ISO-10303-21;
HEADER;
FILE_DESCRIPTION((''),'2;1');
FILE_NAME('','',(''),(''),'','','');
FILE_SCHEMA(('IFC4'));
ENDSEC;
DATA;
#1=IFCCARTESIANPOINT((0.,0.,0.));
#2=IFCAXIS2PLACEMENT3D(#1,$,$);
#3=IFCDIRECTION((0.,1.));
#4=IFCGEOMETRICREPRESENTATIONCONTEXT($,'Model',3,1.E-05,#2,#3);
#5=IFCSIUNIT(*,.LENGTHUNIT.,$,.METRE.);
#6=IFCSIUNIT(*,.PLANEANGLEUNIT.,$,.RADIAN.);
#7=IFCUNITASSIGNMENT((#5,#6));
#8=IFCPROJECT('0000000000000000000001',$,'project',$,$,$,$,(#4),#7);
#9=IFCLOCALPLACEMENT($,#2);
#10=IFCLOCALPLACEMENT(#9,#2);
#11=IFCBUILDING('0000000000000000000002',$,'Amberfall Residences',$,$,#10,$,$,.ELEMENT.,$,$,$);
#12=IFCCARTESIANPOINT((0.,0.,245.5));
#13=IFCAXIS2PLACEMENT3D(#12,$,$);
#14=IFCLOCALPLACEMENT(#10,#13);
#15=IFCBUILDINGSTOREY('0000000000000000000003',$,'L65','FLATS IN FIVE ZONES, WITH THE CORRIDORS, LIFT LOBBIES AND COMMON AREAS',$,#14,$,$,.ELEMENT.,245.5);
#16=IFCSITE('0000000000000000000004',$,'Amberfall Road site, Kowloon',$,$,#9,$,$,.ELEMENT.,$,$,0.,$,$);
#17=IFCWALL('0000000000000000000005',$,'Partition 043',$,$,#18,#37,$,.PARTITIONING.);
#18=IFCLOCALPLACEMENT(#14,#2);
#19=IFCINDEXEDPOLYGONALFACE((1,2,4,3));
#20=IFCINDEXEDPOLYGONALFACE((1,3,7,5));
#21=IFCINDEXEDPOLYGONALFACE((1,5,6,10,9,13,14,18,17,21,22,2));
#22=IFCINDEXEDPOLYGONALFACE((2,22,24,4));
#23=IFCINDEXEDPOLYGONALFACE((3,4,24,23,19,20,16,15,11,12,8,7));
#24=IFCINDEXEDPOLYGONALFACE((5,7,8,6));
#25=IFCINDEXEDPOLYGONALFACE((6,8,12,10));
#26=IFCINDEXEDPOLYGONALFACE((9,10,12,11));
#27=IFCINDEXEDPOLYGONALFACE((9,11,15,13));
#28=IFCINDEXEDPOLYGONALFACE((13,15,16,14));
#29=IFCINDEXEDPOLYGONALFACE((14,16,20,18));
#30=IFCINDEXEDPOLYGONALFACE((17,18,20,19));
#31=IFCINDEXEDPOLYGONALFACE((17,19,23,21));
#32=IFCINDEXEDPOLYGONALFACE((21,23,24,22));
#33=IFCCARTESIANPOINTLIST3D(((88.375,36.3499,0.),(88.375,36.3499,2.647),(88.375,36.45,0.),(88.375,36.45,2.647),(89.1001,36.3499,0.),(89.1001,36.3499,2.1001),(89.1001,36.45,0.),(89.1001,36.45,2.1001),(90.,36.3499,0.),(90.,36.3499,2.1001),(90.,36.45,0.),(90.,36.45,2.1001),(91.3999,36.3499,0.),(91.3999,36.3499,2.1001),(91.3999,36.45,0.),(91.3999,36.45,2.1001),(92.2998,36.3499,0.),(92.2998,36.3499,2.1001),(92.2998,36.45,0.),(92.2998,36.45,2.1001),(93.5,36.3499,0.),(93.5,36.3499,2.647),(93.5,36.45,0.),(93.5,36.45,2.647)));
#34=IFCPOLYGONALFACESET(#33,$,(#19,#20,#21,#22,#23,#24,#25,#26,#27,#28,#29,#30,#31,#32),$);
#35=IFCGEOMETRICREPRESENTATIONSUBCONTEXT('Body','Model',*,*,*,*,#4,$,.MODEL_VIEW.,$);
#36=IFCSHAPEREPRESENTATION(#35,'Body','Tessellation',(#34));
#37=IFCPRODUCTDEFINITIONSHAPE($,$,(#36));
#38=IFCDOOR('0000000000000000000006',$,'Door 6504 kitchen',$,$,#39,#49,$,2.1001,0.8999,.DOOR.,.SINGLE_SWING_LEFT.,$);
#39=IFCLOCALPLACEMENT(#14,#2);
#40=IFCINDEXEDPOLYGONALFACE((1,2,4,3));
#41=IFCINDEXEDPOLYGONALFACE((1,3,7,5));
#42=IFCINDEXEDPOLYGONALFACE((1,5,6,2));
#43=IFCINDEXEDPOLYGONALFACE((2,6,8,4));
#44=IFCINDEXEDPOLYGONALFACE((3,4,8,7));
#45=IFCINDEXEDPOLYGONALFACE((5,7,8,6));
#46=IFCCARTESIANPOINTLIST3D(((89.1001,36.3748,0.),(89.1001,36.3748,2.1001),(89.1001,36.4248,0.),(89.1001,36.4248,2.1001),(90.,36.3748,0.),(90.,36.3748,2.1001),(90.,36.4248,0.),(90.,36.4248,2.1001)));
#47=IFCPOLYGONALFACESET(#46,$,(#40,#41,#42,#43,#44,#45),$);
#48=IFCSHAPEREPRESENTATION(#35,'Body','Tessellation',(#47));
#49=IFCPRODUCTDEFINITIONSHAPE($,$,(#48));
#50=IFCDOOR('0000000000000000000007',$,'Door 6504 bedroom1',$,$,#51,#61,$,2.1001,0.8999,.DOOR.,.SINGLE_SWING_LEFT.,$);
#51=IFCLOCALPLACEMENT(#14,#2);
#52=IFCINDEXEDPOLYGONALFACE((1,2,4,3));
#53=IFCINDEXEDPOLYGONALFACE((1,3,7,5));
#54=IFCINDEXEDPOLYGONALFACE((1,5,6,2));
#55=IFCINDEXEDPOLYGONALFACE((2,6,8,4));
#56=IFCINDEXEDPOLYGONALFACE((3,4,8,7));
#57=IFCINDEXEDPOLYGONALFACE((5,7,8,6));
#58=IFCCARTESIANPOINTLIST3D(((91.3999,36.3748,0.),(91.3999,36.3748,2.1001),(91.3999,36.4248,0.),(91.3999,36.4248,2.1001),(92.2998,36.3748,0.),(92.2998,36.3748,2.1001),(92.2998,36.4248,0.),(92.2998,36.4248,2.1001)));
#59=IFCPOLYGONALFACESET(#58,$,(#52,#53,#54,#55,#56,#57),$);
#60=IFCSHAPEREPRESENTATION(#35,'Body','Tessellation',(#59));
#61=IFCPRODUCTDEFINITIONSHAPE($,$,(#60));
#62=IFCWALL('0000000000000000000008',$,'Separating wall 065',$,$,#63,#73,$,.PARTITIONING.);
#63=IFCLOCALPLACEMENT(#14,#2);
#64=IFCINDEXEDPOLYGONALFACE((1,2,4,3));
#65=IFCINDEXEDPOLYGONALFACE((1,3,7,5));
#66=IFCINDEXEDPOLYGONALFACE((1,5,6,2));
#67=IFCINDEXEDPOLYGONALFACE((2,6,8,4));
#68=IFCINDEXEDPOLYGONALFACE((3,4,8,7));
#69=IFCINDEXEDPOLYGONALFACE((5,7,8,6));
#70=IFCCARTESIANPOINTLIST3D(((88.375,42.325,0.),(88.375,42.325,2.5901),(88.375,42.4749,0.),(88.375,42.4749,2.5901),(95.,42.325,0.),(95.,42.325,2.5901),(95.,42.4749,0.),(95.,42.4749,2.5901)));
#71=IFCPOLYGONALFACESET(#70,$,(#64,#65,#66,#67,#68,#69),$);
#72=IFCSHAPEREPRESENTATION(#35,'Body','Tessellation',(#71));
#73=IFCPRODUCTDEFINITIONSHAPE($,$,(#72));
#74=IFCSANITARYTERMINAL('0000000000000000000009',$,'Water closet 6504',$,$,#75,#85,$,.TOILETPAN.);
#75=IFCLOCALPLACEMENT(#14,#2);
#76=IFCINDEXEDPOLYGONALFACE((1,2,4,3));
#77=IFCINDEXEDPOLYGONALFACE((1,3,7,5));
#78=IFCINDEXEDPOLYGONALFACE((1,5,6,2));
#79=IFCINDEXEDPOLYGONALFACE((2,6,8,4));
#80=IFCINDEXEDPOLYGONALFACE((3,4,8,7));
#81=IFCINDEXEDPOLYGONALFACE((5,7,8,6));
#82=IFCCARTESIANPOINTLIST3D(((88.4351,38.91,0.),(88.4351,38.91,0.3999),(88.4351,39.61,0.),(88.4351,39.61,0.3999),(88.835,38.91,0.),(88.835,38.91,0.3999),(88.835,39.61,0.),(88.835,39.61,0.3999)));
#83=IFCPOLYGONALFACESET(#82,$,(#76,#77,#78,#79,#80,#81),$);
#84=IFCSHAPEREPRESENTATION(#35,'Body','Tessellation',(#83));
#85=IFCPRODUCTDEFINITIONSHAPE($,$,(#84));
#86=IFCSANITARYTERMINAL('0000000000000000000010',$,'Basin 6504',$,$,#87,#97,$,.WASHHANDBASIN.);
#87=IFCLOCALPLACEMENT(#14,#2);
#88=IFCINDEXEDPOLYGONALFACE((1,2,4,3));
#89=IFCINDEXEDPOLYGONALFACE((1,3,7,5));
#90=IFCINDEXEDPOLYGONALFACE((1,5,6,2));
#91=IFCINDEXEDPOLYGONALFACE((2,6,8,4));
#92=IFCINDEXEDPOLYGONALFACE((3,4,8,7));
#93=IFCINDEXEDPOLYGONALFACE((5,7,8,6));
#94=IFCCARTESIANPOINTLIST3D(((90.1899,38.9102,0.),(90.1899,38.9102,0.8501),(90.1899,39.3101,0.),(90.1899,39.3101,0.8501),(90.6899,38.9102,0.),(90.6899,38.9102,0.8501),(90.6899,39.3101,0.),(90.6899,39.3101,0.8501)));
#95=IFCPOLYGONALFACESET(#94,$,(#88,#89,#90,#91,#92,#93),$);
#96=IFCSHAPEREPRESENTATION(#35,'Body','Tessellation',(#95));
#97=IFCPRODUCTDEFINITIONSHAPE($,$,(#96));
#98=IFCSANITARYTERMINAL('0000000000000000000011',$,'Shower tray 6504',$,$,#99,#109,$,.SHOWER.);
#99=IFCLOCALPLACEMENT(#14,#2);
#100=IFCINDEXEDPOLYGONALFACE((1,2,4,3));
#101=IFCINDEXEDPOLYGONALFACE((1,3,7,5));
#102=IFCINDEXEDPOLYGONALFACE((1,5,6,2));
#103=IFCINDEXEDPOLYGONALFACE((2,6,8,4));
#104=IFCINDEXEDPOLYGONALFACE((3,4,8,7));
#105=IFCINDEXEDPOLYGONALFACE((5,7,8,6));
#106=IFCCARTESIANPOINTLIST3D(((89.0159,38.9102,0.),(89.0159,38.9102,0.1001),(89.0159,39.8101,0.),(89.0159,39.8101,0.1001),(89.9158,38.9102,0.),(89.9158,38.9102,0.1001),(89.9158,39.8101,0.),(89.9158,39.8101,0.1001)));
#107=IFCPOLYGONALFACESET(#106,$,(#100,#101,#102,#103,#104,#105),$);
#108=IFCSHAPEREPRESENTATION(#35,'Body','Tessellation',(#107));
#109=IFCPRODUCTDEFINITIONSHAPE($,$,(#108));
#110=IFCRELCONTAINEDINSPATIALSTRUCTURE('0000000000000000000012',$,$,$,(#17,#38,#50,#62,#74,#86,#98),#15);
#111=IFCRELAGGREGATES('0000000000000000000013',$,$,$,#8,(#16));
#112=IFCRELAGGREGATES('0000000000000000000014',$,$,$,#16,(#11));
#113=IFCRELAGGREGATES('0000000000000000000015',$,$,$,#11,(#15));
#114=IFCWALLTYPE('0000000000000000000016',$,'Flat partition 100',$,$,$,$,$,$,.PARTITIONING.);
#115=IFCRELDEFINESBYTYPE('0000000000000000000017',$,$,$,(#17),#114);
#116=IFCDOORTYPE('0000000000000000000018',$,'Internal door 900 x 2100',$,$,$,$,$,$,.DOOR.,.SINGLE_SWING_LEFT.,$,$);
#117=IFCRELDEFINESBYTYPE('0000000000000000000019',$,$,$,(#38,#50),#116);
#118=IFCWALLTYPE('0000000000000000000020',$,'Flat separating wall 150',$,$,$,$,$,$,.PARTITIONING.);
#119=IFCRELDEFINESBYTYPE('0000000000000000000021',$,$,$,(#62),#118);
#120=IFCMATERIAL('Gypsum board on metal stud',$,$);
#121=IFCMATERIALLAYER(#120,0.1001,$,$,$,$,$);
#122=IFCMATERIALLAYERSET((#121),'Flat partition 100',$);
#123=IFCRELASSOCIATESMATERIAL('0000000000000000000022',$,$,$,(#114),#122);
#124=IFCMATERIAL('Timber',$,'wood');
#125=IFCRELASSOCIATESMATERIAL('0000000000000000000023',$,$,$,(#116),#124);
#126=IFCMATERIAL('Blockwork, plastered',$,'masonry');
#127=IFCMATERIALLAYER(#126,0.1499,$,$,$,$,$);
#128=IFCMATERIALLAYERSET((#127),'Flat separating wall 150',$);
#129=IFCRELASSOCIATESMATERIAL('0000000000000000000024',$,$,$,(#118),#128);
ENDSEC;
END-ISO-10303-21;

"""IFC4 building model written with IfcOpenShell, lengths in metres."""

from ifc_helpers import new_model, si_unit, direction, frame, frame_2d, origin, origin_2d, place, context, subcontext, project, spatial, rectangle, extrude, material, layer, layer_set, type_object, element, fill, save


model = new_model("IFC4")

# Units and contexts
model_context = context("Model", 3, precision=1e-05, world=origin(), true_north=direction((0.0, 1.0)))
body_context = subcontext(model_context, "Body", "Model", "MODEL_VIEW")
ifc_project = project(units=[si_unit("LENGTHUNIT", "METRE"), si_unit("PLANEANGLEUNIT", "RADIAN")], contexts=[model_context])

# Site, building, storey
site_placement = place(None, origin())
site = spatial("IfcSite", under=ifc_project, at=site_placement, Name="Amberfall Road site, Kowloon", CompositionType="ELEMENT", RefElevation=0.0)
building_placement = place(site_placement, origin())
building = spatial("IfcBuilding", under=site, at=building_placement, Name="Amberfall Residences", CompositionType="ELEMENT")
storey_placement = place(building_placement, frame((0.0, 0.0, 245.5)))
storey = spatial("IfcBuildingStorey", under=building, at=storey_placement, Name="L65", Description="FLATS IN FIVE ZONES, WITH THE CORRIDORS, LIFT LOBBIES AND COMMON AREAS", CompositionType="ELEMENT", Elevation=245.5)

# Shared definitions
ifc_material_1 = material(Name="Gypsum board on metal stud")
ifc_layer_1 = layer(ifc_material_1, 0.1001)
ifc_layer_set_1 = layer_set([ifc_layer_1], Name="Flat partition 100")
wall_type_1 = type_object("IfcWallType", Name="Flat partition 100", PredefinedType="PARTITIONING", material=ifc_layer_set_1)
ifc_material_2 = material(Name="Timber", Category="wood")

# Wall, openings, doors
wall_1_placement = place(storey_placement, frame((88.375, 36.3999, 0.0), z_axis=(0.0, 0.0, 1.0), x_axis=(1.0, 0.0, 0.0)))
wall_1 = element("IfcWall", 1, at=wall_1_placement, inside=storey, type_object=wall_type_1, Name="Partition 043", PredefinedType="PARTITIONING", context=body_context, shape_type="SweptSolid", body=[
    extrude(rectangle(XDim=5.125, YDim=0.1001, at=frame_2d((2.5625, 0.0))), origin(), (0.0, 0.0, 1.0), 2.647),
])
opening_1_placement = place(wall_1_placement, frame((0.7251, 0.0, 0.0)))
opening_1 = element("IfcOpeningElement", 2, at=opening_1_placement, cuts=wall_1, PredefinedType="OPENING", context=body_context, shape_type="SweptSolid", body=[
    extrude(rectangle(XDim=0.8999, YDim=2.1001, at=frame_2d((0.45, 1.05))), frame((0.0, 0.0601, 0.0), z_axis=(0.0, -1.0, 0.0), x_axis=(1.0, 0.0, 0.0)), (0.0, 0.0, 1.0), 0.1201),
])
opening_2_placement = place(wall_1_placement, frame((3.0249, 0.0, 0.0)))
opening_2 = element("IfcOpeningElement", 3, at=opening_2_placement, cuts=wall_1, PredefinedType="OPENING", context=body_context, shape_type="SweptSolid", body=[
    extrude(rectangle(XDim=0.8999, YDim=2.1001, at=frame_2d((0.45, 1.05))), frame((0.0, 0.0601, 0.0), z_axis=(0.0, -1.0, 0.0), x_axis=(1.0, 0.0, 0.0)), (0.0, 0.0, 1.0), 0.1201),
])
door_type_1 = type_object("IfcDoorType", Name="Internal door 900 x 2100", OperationType="SINGLE_SWING_LEFT", PredefinedType="DOOR", material=ifc_material_2)
door_1_placement = place(opening_1_placement, origin())
door_1 = element("IfcDoor", 4, at=door_1_placement, inside=storey, type_object=door_type_1, Name="Door 6504 kitchen", OperationType="SINGLE_SWING_LEFT", OverallHeight=2.1001, OverallWidth=0.8999, PredefinedType="DOOR", context=body_context, shape_type="SweptSolid", body=[
    extrude(rectangle(XDim=0.8999, YDim=2.1001, at=frame_2d((0.45, 1.05))), frame((0.0, 0.0249, 0.0), z_axis=(0.0, -1.0, 0.0), x_axis=(1.0, 0.0, 0.0)), (0.0, 0.0, 1.0), 0.05),
])
fill(opening_1, door_1)
door_2_placement = place(opening_2_placement, origin())
door_2 = element("IfcDoor", 5, at=door_2_placement, inside=storey, type_object=door_type_1, Name="Door 6504 bedroom1", OperationType="SINGLE_SWING_LEFT", OverallHeight=2.1001, OverallWidth=0.8999, PredefinedType="DOOR", context=body_context, shape_type="SweptSolid", body=[
    extrude(rectangle(XDim=0.8999, YDim=2.1001, at=frame_2d((0.45, 1.05))), frame((0.0, 0.0249, 0.0), z_axis=(0.0, -1.0, 0.0), x_axis=(1.0, 0.0, 0.0)), (0.0, 0.0, 1.0), 0.05),
])
fill(opening_2, door_2)

# Wall
ifc_material_3 = material(Name="Blockwork, plastered", Category="masonry")
ifc_layer_2 = layer(ifc_material_3, 0.1499)
ifc_layer_set_2 = layer_set([ifc_layer_2], Name="Flat separating wall 150")
wall_type_2 = type_object("IfcWallType", Name="Flat separating wall 150", PredefinedType="PARTITIONING", material=ifc_layer_set_2)
wall_2_placement = place(storey_placement, frame((88.375, 42.3999, 0.0), z_axis=(0.0, 0.0, 1.0), x_axis=(1.0, 0.0, 0.0)))
element("IfcWall", 6, at=wall_2_placement, inside=storey, type_object=wall_type_2, Name="Separating wall 065", PredefinedType="PARTITIONING", context=body_context, shape_type="SweptSolid", body=[
    extrude(rectangle(XDim=6.625, YDim=0.1499, at=frame_2d((3.3125, 0.0))), origin(), (0.0, 0.0, 1.0), 2.5901),
])

# Sanitary terminals
sanitary_terminal_1_placement = place(storey_placement, frame((88.635, 39.26, 0.0), z_axis=(0.0, 0.0, 1.0), x_axis=(1.0, 0.0, 0.0)))
element("IfcSanitaryTerminal", 7, at=sanitary_terminal_1_placement, inside=storey, Name="Water closet 6504", PredefinedType="TOILETPAN", context=body_context, shape_type="SweptSolid", body=[
    extrude(rectangle(XDim=0.3999, YDim=0.7, at=origin_2d()), origin(), (0.0, 0.0, 1.0), 0.3999),
])
sanitary_terminal_2_placement = place(storey_placement, frame((90.4399, 39.1101, 0.0), z_axis=(0.0, 0.0, 1.0), x_axis=(1.0, 0.0, 0.0)))
element("IfcSanitaryTerminal", 8, at=sanitary_terminal_2_placement, inside=storey, Name="Basin 6504", PredefinedType="WASHHANDBASIN", context=body_context, shape_type="SweptSolid", body=[
    extrude(rectangle(XDim=0.5, YDim=0.3999, at=origin_2d()), origin(), (0.0, 0.0, 1.0), 0.8501),
])
sanitary_terminal_3_placement = place(storey_placement, frame((89.4658, 39.3601, 0.0), z_axis=(0.0, 0.0, 1.0), x_axis=(1.0, 0.0, 0.0)))
element("IfcSanitaryTerminal", 9, at=sanitary_terminal_3_placement, inside=storey, Name="Shower tray 6504", PredefinedType="SHOWER", context=body_context, shape_type="SweptSolid", body=[
    extrude(rectangle(XDim=0.8999, YDim=0.8999, at=origin_2d()), origin(), (0.0, 0.0, 1.0), 0.1001),
])

save(model, "model.ifc")
